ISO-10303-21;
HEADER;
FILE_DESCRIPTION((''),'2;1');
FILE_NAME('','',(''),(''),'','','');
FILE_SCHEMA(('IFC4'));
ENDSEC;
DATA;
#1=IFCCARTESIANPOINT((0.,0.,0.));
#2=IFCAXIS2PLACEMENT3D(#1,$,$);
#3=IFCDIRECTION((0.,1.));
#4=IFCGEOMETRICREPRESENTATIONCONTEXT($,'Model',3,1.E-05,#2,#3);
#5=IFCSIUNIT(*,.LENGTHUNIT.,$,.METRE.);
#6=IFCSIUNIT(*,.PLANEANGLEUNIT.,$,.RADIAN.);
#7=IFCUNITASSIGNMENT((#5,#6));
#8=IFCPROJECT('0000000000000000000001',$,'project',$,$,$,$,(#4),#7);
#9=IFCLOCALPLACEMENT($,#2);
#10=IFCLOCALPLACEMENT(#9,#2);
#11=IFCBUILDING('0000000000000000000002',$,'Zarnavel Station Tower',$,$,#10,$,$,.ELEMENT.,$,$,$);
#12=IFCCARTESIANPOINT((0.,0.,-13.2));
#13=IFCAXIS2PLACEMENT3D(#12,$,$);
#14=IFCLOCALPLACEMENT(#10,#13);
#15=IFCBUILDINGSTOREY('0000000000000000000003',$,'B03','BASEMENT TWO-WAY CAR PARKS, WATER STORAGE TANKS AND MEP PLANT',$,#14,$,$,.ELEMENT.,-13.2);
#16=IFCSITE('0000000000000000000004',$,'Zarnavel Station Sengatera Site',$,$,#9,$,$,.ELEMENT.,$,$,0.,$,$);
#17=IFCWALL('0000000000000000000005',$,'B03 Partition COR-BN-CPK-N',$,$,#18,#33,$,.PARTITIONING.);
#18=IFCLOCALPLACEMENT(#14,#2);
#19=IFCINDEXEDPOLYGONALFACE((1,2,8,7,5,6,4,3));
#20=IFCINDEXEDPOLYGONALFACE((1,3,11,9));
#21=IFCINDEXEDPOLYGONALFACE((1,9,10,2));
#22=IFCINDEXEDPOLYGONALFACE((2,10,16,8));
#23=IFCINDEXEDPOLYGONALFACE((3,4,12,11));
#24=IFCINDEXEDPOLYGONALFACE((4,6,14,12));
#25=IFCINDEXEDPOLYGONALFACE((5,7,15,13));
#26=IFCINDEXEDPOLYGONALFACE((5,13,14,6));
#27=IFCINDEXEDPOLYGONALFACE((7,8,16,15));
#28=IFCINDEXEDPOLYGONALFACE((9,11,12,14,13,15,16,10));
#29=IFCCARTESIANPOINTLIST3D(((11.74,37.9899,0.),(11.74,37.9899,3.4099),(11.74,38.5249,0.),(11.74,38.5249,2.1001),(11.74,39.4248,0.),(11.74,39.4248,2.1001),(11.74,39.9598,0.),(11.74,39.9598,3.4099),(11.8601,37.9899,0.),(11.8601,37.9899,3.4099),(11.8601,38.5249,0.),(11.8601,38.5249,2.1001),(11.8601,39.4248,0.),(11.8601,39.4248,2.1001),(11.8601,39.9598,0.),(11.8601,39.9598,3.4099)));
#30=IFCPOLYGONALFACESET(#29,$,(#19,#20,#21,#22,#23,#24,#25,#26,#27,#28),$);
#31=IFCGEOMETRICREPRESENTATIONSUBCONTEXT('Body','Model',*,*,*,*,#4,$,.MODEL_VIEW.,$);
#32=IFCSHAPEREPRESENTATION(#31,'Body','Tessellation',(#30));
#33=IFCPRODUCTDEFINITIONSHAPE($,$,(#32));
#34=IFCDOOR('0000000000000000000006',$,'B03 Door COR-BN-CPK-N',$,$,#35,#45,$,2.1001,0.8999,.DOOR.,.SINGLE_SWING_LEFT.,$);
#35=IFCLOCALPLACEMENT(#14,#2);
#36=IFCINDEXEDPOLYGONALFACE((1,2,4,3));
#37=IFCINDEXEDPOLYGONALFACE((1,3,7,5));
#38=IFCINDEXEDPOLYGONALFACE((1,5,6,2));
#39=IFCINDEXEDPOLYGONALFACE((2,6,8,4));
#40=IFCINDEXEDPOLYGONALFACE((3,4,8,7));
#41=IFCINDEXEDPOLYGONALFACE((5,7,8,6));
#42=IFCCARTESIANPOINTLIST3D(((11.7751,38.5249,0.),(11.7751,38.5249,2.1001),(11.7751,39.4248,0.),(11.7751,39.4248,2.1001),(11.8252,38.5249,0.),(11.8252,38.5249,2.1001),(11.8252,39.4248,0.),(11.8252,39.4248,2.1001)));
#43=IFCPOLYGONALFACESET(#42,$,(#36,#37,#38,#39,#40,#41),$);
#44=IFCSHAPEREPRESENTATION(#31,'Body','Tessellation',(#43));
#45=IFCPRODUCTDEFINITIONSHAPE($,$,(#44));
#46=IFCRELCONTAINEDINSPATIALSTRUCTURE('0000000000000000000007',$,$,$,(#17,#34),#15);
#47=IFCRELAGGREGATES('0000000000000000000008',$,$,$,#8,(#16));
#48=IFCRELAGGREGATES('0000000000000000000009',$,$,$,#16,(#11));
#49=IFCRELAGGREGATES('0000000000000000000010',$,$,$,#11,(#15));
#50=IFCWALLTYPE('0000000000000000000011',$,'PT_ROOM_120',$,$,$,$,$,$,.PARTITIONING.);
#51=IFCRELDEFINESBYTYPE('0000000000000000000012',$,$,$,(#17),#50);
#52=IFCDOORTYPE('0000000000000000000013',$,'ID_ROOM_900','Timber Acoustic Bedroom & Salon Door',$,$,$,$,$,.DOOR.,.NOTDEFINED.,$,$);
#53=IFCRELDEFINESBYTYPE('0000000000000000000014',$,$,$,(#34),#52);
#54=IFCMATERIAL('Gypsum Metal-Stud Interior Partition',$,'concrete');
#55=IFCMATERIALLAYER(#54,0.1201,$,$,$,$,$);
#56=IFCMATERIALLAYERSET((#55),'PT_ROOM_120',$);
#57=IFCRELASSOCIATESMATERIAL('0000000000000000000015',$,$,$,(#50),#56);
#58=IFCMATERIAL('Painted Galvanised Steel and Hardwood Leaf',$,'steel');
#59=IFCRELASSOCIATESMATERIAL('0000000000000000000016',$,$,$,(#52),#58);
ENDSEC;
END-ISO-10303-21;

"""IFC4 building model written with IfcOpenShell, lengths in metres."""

from ifc_helpers import new_model, si_unit, direction, frame, frame_2d, origin, place, context, subcontext, project, spatial, rectangle, extrude, material, layer, layer_set, type_object, element, fill, save


model = new_model("IFC4")

# Units and contexts
model_context = context("Model", 3, precision=1e-05, world=origin(), true_north=direction((0.0, 1.0)))
body_context = subcontext(model_context, "Body", "Model", "MODEL_VIEW")
ifc_project = project(units=[si_unit("LENGTHUNIT", "METRE"), si_unit("PLANEANGLEUNIT", "RADIAN")], contexts=[model_context])

# Site, building, storey
site_placement = place(None, origin())
site = spatial("IfcSite", under=ifc_project, at=site_placement, Name="Zarnavel Station Sengatera Site", CompositionType="ELEMENT", RefElevation=0.0)
building_placement = place(site_placement, origin())
building = spatial("IfcBuilding", under=site, at=building_placement, Name="Zarnavel Station Tower", CompositionType="ELEMENT")
storey_placement = place(building_placement, frame((0.0, 0.0, -13.2)))
storey = spatial("IfcBuildingStorey", under=building, at=storey_placement, Name="B03", Description="BASEMENT TWO-WAY CAR PARKS, WATER STORAGE TANKS AND MEP PLANT", CompositionType="ELEMENT", Elevation=-13.2)

# Wall, opening, door
ifc_material_1 = material(Name="Gypsum Metal-Stud Interior Partition", Category="concrete")
ifc_layer_1 = layer(ifc_material_1, 0.1201)
ifc_layer_set_1 = layer_set([ifc_layer_1], Name="PT_ROOM_120")
wall_type_1 = type_object("IfcWallType", Name="PT_ROOM_120", PredefinedType="PARTITIONING", material=ifc_layer_set_1)
wall_1_placement = place(storey_placement, frame((11.8, 37.99, 0.0), z_axis=(0.0, 0.0, 1.0), x_axis=(0.0, 1.0, 0.0)))
wall_1 = element("IfcWall", 1, at=wall_1_placement, inside=storey, type_object=wall_type_1, Name="B03 Partition COR-BN-CPK-N", PredefinedType="PARTITIONING", context=body_context, shape_type="SweptSolid", body=[
    extrude(rectangle(XDim=1.97, YDim=0.1201, at=frame_2d((0.9849, 0.0))), origin(), (0.0, 0.0, 1.0), 3.4099),
])
opening_1_placement = place(wall_1_placement, frame((0.5349, 0.0, 0.0)))
opening_1 = element("IfcOpeningElement", 2, at=opening_1_placement, cuts=wall_1, PredefinedType="OPENING", context=body_context, shape_type="SweptSolid", body=[
    extrude(rectangle(XDim=0.8999, YDim=2.1001, at=frame_2d((0.45, 1.05))), frame((0.0, 0.0701, 0.0), z_axis=(0.0, -1.0, 0.0), x_axis=(1.0, 0.0, 0.0)), (0.0, 0.0, 1.0), 0.1401),
])
ifc_material_2 = material(Name="Painted Galvanised Steel and Hardwood Leaf", Category="steel")
door_type_1 = type_object("IfcDoorType", Name="ID_ROOM_900", Description="Timber Acoustic Bedroom & Salon Door", OperationType="NOTDEFINED", PredefinedType="DOOR", material=ifc_material_2)
door_1_placement = place(opening_1_placement, origin())
door_1 = element("IfcDoor", 3, at=door_1_placement, inside=storey, type_object=door_type_1, Name="B03 Door COR-BN-CPK-N", OperationType="SINGLE_SWING_LEFT", OverallHeight=2.1001, OverallWidth=0.8999, PredefinedType="DOOR", context=body_context, shape_type="SweptSolid", body=[
    extrude(rectangle(XDim=0.8999, YDim=2.1001, at=frame_2d((0.45, 1.05))), frame((0.0, 0.0249, 0.0), z_axis=(0.0, -1.0, 0.0), x_axis=(1.0, 0.0, 0.0)), (0.0, 0.0, 1.0), 0.05),
])
fill(opening_1, door_1)

save(model, "model.ifc")
